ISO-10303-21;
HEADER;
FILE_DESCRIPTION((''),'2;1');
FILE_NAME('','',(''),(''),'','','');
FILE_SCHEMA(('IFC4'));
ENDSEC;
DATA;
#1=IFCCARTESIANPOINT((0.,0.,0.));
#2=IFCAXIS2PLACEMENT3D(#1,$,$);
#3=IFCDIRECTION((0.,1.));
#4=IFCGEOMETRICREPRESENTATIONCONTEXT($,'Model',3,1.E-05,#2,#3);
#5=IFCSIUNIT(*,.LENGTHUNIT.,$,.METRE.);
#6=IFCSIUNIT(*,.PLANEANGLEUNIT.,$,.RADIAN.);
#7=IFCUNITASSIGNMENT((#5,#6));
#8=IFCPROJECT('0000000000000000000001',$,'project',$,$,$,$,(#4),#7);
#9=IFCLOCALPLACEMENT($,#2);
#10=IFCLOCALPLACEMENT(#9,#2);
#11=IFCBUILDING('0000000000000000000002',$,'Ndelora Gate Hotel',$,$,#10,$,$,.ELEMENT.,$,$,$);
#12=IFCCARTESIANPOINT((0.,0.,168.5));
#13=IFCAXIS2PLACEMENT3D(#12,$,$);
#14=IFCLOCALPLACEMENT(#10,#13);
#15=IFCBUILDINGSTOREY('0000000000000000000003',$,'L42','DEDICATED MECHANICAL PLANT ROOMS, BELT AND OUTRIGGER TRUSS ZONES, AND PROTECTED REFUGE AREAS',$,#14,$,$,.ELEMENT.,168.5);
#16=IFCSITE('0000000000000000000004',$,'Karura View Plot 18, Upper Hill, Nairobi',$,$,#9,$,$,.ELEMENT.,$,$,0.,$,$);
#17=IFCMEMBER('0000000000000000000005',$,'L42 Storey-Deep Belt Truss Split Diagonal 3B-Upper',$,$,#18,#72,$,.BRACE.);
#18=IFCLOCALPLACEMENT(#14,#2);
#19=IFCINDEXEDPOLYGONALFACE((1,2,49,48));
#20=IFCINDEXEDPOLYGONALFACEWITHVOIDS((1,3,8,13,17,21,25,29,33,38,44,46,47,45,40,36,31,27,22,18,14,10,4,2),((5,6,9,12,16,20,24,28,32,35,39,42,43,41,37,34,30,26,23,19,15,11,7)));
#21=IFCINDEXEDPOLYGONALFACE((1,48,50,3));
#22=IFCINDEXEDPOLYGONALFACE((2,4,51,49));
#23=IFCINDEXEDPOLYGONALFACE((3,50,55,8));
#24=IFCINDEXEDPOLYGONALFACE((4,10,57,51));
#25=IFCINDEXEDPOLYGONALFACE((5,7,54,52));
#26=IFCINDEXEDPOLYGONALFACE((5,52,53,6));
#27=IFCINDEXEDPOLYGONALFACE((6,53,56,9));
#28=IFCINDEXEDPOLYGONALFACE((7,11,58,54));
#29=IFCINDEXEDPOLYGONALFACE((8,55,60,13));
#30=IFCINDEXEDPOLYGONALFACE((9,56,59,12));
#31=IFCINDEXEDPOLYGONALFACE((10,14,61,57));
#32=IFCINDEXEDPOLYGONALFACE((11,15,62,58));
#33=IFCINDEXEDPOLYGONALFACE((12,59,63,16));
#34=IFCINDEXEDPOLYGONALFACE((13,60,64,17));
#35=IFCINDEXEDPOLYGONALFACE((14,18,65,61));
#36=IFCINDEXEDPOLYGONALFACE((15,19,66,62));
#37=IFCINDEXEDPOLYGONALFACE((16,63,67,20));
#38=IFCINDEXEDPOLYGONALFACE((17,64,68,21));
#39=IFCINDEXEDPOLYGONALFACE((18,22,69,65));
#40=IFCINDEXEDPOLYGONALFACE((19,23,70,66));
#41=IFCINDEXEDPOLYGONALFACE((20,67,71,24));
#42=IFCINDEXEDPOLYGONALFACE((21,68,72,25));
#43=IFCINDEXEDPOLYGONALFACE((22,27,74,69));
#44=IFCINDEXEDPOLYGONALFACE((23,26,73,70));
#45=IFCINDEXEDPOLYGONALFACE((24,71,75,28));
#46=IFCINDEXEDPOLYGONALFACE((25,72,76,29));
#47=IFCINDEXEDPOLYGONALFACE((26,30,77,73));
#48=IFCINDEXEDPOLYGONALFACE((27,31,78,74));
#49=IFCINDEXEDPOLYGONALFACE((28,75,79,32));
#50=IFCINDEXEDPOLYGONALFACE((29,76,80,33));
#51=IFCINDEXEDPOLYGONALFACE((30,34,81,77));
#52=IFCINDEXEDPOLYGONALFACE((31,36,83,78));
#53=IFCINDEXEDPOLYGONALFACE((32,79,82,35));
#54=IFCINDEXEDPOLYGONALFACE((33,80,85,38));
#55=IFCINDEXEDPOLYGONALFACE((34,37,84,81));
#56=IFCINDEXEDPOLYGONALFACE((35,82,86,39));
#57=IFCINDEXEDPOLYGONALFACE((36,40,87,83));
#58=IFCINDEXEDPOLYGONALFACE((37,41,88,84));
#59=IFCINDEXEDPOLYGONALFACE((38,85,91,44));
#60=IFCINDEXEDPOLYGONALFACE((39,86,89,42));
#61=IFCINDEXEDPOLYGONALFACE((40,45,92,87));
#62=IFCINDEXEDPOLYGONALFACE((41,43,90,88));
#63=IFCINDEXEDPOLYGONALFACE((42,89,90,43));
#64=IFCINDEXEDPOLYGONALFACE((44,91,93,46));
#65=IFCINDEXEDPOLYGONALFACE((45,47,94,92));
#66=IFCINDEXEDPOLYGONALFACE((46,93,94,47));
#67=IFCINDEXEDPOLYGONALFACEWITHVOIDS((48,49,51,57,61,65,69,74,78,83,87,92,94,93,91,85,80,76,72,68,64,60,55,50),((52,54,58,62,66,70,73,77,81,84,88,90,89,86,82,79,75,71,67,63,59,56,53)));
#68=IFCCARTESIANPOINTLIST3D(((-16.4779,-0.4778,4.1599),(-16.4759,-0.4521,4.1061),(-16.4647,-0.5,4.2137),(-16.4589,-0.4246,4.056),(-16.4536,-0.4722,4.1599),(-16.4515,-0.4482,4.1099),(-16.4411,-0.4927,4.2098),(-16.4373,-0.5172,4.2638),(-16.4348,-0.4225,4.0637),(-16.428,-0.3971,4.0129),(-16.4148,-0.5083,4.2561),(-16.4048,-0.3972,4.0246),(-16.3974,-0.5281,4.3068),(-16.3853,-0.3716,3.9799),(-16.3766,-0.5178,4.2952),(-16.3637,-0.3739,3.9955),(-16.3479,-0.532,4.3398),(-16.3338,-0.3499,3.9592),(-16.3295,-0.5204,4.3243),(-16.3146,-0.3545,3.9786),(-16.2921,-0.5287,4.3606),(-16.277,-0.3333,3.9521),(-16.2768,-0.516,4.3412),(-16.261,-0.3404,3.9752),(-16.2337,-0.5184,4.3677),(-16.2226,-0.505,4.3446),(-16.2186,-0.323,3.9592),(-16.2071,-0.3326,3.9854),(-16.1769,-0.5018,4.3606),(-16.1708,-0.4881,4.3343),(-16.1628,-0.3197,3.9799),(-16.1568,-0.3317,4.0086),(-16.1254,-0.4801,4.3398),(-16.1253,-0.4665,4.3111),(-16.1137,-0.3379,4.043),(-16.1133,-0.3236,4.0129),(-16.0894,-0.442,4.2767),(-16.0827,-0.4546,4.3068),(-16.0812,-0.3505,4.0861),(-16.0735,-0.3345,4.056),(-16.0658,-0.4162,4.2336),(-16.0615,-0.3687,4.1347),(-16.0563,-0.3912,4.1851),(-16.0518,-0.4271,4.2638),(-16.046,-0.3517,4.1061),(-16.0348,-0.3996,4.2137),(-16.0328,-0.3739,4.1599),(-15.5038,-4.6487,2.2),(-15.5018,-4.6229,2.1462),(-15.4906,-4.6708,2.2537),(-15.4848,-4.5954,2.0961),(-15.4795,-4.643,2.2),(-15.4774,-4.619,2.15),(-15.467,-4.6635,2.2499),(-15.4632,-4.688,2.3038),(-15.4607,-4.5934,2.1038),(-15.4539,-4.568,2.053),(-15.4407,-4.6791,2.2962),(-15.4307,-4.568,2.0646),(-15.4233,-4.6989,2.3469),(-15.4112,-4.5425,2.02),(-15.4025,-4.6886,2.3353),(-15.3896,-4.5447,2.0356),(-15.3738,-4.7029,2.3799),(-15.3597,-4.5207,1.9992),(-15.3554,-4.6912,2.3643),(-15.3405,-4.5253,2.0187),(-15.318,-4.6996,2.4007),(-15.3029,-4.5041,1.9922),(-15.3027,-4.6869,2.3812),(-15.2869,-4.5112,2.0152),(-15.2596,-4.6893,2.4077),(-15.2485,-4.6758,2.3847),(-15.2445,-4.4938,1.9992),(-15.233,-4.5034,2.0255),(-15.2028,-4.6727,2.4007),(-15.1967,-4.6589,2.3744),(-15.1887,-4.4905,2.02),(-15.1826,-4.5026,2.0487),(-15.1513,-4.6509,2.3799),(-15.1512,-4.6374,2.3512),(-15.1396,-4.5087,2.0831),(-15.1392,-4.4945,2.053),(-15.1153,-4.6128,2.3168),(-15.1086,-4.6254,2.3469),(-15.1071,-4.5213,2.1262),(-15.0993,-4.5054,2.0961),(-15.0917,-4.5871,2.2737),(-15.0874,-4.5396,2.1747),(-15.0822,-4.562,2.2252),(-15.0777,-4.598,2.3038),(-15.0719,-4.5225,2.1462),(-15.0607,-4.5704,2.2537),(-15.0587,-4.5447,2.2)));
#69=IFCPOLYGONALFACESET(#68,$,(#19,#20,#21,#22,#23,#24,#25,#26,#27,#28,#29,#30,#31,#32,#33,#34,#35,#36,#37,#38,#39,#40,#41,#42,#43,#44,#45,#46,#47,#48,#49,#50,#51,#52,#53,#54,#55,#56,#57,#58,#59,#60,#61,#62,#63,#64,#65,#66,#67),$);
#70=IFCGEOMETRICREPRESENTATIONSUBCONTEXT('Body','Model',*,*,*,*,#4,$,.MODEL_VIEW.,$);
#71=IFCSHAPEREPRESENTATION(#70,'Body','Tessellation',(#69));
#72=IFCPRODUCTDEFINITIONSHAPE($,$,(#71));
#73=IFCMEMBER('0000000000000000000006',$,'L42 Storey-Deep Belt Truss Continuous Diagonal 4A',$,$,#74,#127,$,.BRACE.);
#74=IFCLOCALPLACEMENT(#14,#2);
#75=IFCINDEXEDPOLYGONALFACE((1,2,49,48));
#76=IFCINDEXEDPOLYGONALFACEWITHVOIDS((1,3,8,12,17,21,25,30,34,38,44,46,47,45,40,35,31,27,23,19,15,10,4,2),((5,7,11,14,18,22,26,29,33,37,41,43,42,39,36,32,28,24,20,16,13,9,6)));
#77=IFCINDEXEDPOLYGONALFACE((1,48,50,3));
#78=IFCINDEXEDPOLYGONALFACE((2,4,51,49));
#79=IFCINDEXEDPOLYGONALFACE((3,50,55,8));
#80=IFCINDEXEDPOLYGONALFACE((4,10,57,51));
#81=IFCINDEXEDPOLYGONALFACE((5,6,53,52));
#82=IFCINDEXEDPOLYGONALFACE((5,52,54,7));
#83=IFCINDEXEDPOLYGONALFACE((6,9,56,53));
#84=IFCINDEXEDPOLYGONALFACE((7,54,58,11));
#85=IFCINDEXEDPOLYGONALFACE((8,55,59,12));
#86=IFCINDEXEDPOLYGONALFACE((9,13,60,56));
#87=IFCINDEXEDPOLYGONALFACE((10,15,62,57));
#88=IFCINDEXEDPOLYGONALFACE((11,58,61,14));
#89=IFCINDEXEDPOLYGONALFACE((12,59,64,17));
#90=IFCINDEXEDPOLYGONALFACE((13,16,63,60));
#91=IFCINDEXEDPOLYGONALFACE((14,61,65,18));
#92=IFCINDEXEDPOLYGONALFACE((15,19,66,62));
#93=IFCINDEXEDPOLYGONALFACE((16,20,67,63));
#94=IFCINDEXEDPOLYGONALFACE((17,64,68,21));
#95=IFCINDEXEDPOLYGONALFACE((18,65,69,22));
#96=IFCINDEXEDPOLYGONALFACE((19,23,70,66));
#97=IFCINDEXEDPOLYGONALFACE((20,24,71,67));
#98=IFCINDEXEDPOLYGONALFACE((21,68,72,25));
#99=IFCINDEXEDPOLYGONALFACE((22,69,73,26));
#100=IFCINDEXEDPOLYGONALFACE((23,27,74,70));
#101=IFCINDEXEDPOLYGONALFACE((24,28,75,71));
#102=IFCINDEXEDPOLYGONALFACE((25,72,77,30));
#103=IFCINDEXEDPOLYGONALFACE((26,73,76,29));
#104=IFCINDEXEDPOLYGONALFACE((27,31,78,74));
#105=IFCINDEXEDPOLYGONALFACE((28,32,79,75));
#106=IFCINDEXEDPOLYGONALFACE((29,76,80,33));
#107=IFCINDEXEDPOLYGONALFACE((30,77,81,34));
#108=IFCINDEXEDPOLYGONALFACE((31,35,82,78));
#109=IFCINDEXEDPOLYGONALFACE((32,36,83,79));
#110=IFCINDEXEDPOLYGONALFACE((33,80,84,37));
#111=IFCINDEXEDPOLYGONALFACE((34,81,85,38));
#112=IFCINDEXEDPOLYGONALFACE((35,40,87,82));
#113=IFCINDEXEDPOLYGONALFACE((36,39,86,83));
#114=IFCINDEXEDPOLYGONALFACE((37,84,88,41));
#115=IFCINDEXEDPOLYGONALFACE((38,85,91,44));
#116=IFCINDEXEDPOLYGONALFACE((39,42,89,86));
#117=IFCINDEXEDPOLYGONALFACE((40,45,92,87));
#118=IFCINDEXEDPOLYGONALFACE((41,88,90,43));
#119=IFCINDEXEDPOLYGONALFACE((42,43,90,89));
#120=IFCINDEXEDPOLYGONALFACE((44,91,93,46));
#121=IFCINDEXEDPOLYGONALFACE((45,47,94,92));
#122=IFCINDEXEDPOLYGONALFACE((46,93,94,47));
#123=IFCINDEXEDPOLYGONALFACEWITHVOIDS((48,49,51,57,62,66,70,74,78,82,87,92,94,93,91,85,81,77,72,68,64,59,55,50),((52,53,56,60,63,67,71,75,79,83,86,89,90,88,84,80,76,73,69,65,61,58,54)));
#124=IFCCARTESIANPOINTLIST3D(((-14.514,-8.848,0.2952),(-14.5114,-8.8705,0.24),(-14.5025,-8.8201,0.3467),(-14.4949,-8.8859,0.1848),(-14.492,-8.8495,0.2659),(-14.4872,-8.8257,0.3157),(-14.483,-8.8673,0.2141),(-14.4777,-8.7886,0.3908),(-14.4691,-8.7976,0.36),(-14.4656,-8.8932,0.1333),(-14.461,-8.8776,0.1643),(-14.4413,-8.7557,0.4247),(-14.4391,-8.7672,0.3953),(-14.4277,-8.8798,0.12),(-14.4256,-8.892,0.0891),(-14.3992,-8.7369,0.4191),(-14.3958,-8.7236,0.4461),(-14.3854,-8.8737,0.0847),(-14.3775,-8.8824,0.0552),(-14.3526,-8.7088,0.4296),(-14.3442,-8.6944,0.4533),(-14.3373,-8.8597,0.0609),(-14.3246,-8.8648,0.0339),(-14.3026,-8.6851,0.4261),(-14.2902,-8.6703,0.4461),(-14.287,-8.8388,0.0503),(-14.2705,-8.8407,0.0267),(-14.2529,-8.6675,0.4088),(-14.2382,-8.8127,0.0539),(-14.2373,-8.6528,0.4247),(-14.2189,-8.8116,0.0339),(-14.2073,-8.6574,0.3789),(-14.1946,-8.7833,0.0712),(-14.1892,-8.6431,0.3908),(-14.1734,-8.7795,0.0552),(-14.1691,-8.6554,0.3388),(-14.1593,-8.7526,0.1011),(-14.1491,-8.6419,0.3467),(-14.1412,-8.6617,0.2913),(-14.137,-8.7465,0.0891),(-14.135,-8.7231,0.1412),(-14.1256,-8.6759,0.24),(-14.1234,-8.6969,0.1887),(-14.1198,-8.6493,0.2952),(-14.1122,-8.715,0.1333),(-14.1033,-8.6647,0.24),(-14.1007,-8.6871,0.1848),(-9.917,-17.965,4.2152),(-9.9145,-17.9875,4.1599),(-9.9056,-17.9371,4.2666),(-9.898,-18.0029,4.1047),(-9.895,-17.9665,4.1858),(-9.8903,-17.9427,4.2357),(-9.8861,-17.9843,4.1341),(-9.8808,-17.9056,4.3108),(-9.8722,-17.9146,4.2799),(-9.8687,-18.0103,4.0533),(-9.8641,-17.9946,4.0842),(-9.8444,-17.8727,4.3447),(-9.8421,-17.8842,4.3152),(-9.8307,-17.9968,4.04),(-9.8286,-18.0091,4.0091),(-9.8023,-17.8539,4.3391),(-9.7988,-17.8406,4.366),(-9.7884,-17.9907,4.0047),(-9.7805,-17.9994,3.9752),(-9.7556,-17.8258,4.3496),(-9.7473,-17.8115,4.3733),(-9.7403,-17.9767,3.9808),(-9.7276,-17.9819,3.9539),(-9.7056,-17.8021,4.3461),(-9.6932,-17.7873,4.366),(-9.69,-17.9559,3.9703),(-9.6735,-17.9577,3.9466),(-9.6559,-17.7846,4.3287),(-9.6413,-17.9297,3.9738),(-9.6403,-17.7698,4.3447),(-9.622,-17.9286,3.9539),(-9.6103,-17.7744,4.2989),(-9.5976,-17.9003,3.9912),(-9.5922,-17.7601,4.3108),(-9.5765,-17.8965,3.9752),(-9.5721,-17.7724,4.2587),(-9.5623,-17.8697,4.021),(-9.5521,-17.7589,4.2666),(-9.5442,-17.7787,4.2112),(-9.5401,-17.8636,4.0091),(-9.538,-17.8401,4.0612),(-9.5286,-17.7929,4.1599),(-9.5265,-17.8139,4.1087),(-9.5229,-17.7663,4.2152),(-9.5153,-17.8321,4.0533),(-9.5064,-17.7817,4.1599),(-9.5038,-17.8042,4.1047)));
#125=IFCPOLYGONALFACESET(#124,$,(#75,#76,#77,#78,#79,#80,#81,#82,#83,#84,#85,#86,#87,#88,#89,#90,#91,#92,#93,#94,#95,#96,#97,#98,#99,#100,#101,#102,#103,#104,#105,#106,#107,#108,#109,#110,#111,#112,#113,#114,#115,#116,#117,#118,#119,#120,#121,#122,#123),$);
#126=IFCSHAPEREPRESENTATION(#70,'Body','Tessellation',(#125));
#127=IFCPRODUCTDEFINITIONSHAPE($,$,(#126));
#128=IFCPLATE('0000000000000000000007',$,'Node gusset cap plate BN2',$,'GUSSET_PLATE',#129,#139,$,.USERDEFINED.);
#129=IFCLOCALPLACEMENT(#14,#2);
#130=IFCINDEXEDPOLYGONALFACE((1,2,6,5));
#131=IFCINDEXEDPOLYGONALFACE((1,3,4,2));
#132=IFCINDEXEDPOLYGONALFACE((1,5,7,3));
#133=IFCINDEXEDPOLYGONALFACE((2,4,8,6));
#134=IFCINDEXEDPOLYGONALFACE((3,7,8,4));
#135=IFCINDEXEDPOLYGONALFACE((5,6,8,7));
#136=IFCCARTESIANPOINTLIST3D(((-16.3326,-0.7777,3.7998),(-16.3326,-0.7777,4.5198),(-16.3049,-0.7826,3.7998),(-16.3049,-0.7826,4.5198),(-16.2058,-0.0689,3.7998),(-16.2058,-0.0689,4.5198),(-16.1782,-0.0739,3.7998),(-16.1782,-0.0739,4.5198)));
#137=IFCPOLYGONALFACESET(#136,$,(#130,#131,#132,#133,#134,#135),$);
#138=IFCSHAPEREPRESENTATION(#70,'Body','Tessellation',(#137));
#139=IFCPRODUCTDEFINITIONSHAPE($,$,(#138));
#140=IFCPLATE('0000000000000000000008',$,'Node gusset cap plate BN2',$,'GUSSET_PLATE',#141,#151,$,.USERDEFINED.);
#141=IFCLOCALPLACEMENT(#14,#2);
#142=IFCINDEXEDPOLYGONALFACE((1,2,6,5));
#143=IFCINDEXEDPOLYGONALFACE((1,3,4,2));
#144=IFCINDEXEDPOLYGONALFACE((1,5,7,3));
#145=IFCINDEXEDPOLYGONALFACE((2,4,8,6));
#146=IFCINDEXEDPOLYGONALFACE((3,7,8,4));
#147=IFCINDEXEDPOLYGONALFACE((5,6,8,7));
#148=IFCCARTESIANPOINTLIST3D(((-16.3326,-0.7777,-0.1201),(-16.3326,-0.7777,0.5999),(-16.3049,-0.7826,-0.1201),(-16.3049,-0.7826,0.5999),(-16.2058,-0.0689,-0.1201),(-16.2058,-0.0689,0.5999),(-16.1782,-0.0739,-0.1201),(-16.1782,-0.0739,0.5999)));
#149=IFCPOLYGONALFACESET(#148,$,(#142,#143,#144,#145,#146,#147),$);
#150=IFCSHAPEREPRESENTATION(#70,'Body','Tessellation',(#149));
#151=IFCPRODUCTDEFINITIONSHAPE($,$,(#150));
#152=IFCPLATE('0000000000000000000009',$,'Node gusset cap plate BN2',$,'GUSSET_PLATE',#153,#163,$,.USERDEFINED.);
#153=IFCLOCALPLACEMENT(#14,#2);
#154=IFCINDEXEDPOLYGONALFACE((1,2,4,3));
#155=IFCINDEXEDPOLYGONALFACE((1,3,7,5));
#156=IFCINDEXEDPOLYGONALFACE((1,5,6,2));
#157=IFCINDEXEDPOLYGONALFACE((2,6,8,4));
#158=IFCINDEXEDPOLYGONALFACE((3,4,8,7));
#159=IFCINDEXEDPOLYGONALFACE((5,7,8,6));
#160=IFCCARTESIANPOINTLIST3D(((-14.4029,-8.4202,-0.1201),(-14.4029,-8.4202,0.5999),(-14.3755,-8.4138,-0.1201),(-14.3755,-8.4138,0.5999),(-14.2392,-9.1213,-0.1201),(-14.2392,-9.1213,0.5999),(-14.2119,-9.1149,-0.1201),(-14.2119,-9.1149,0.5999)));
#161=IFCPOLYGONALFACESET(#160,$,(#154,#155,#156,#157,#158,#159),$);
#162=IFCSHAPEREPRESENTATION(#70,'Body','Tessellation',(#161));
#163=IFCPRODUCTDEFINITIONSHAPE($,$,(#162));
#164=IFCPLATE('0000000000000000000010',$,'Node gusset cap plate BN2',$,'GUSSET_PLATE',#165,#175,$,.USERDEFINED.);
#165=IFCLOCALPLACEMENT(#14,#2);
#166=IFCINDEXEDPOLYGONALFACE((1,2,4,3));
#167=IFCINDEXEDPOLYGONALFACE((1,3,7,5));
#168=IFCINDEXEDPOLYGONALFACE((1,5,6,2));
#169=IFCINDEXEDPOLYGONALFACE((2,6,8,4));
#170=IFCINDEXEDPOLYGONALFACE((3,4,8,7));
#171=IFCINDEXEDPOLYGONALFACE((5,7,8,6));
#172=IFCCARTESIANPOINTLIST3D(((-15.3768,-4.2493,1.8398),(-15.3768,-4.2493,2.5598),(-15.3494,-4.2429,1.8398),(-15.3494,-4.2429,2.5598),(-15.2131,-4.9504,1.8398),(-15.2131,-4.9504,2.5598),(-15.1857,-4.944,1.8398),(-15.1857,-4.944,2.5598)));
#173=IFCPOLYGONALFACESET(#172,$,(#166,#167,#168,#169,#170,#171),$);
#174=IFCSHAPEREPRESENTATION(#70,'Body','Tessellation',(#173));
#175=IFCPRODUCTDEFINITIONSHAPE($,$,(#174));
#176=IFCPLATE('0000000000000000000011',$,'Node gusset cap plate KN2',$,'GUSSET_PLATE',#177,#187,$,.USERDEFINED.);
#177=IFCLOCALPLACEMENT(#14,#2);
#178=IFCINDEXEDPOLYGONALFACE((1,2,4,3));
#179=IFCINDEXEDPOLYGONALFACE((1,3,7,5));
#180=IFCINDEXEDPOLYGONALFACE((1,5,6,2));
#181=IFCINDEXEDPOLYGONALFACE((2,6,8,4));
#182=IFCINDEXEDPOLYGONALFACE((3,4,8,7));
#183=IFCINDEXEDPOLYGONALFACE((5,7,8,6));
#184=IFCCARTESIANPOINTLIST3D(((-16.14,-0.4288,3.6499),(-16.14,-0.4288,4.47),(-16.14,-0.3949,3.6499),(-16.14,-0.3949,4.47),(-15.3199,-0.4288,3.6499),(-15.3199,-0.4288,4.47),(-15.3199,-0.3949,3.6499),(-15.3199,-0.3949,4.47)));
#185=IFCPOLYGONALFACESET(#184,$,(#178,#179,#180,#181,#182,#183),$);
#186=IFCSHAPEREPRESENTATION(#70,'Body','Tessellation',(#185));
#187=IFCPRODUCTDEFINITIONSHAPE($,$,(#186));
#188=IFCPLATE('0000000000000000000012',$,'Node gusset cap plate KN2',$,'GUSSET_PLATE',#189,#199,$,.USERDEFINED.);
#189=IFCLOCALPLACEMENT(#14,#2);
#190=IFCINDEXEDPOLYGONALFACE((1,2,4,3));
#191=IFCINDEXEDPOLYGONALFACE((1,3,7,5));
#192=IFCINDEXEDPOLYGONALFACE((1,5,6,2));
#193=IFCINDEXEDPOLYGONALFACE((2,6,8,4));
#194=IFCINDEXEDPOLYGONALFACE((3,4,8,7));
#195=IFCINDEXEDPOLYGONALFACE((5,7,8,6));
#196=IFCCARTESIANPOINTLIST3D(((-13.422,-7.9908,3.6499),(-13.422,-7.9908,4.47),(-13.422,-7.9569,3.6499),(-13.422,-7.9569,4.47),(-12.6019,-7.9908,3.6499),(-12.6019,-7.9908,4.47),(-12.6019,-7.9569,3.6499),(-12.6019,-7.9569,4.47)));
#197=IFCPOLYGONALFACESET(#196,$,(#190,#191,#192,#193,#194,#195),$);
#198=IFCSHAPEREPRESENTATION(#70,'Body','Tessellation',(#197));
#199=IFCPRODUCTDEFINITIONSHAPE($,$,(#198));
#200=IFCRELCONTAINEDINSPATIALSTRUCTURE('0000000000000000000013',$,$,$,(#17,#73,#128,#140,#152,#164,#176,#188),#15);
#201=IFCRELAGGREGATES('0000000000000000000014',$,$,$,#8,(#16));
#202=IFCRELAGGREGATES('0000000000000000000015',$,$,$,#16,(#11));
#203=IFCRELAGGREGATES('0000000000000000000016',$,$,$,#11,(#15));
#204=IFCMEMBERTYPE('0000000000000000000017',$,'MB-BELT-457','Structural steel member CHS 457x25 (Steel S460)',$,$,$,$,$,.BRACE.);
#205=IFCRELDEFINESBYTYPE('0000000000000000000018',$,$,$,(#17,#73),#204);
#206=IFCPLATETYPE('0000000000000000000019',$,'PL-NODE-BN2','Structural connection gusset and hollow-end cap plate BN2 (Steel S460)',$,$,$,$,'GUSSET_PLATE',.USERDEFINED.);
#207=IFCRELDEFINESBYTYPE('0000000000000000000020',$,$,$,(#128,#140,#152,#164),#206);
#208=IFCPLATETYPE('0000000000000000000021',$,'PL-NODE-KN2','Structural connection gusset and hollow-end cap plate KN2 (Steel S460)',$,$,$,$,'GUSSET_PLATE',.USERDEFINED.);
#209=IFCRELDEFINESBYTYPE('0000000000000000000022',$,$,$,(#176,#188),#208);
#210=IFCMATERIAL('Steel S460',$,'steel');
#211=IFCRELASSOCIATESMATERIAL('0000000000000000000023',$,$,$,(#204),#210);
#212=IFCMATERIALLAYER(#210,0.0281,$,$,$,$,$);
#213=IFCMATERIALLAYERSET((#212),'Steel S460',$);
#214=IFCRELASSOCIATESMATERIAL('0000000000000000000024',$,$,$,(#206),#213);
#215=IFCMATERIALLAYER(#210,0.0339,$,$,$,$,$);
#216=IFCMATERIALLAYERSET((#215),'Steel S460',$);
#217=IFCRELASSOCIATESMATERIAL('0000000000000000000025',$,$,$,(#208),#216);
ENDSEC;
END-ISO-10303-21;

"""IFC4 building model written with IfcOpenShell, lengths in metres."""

from ifc_helpers import new_model, si_unit, direction, frame, origin, origin_2d, place, context, subcontext, project, spatial, rectangle, hollow_circle, extrude, material, layer, layer_set, material_profile, profile_set, type_object, element, save


model = new_model("IFC4")

# Units and contexts
model_context = context("Model", 3, precision=1e-05, world=origin(), true_north=direction((0.0, 1.0)))
body_context = subcontext(model_context, "Body", "Model", "MODEL_VIEW")
ifc_project = project(units=[si_unit("LENGTHUNIT", "METRE"), si_unit("PLANEANGLEUNIT", "RADIAN")], contexts=[model_context])

# Site, building, storey
site_placement = place(None, origin())
site = spatial("IfcSite", under=ifc_project, at=site_placement, Name="Karura View Plot 18, Upper Hill, Nairobi", CompositionType="ELEMENT", RefElevation=0.0)
building_placement = place(site_placement, origin())
building = spatial("IfcBuilding", under=site, at=building_placement, Name="Ndelora Gate Hotel", CompositionType="ELEMENT")
storey_placement = place(building_placement, frame((0.0, 0.0, 168.5)))
storey = spatial("IfcBuildingStorey", under=building, at=storey_placement, Name="L42", Description="DEDICATED MECHANICAL PLANT ROOMS, BELT AND OUTRIGGER TRUSS ZONES, AND PROTECTED REFUGE AREAS", CompositionType="ELEMENT", Elevation=168.5)

# Shared definitions
ifc_material_1 = material(Name="Steel S460", Category="steel")

# Members
ifc_material_profile_1 = material_profile(ifc_material_1, hollow_circle(Radius=0.2285, WallThickness=0.0249, at=origin_2d()), Name="CHS 457x25")
ifc_profile_set_1 = profile_set([ifc_material_profile_1], Name="Steel S460")
member_type = type_object("IfcMemberType", Name="MB-BELT-457", Description="Structural steel member CHS 457x25 (Steel S460)", PredefinedType="BRACE", material=ifc_profile_set_1)
member_1_placement = place(storey_placement, frame((-15.2812, -4.5967, 2.2), z_axis=(-0.206807, 0.885488, 0.416103), x_axis=(-0.973794, -0.227431, 0.0)))
element("IfcMember", 1, at=member_1_placement, inside=storey, type_object=member_type, Name="L42 Storey-Deep Belt Truss Split Diagonal 3B-Upper", PredefinedType="BRACE", context=body_context, shape_type="SweptSolid", body=[
    extrude(hollow_circle(Radius=0.2285, WallThickness=0.0249, at=origin_2d()), origin(), (0.0, 0.0, 1.0), 4.7102),
])
member_2_placement = place(storey_placement, frame((-14.3074, -8.7676, 0.24), z_axis=(0.420313, -0.833594, 0.358412), x_axis=(0.892916, 0.450224, 0.0)))
element("IfcMember", 2, at=member_2_placement, inside=storey, type_object=member_type, Name="L42 Storey-Deep Belt Truss Continuous Diagonal 4A", PredefinedType="BRACE", context=body_context, shape_type="SweptSolid", body=[
    extrude(hollow_circle(Radius=0.2285, WallThickness=0.0249, at=origin_2d()), origin(), (0.0, 0.0, 1.0), 10.937),
])

# Plates
ifc_layer_1 = layer(ifc_material_1, 0.0281)
ifc_layer_set_1 = layer_set([ifc_layer_1], Name="Steel S460")
plate_type_1 = type_object("IfcPlateType", Name="PL-NODE-BN2", Description="Structural connection gusset and hollow-end cap plate BN2 (Steel S460)", ElementType="GUSSET_PLATE", PredefinedType="USERDEFINED", material=ifc_layer_set_1)
for number, where, z_axis, x_axis, name in (
    (3, (-16.2554, -0.4258, 3.7998), (0.0, 0.0, 1.0), (0.176054, 0.984381, 0.0), "Node gusset cap plate BN2"),
    (4, (-16.2554, -0.4258, -0.1201), (0.0, 0.0, 1.0), (0.176054, 0.984381, 0.0), "Node gusset cap plate BN2"),
    (5, (-14.3074, -8.7676, -0.1201), (0.0, 0.0, 1.0), (-0.227331, 0.973817, 0.0), "Node gusset cap plate BN2"),
    (6, (-15.2812, -4.5967, 1.8398), (0.0, 0.0, 1.0), (-0.227331, 0.973817, 0.0), "Node gusset cap plate BN2"),
):
    element("IfcPlate", number, at=place(storey_placement, frame(where, z_axis=z_axis, x_axis=x_axis)), inside=storey, type_object=plate_type_1, Name=name, ObjectType="GUSSET_PLATE", PredefinedType="USERDEFINED", context=body_context, shape_type="SweptSolid", body=[
        extrude(rectangle(XDim=0.72, YDim=0.0281, at=origin_2d()), origin(), (0.0, 0.0, 1.0), 0.72),
    ])
ifc_layer_2 = layer(ifc_material_1, 0.0339)
ifc_layer_set_2 = layer_set([ifc_layer_2], Name="Steel S460")
plate_type_2 = type_object("IfcPlateType", Name="PL-NODE-KN2", Description="Structural connection gusset and hollow-end cap plate KN2 (Steel S460)", ElementType="GUSSET_PLATE", PredefinedType="USERDEFINED", material=ifc_layer_set_2)
for number, where, z_axis, x_axis, name in (
    (7, (-15.73, -0.4119, 3.6499), (0.0, 0.0, 1.0), (1.0, 0.0, 0.0), "Node gusset cap plate KN2"),
    (8, (-13.012, -7.9739, 3.6499), (0.0, 0.0, 1.0), (1.0, 0.0, 0.0), "Node gusset cap plate KN2"),
):
    element("IfcPlate", number, at=place(storey_placement, frame(where, z_axis=z_axis, x_axis=x_axis)), inside=storey, type_object=plate_type_2, Name=name, ObjectType="GUSSET_PLATE", PredefinedType="USERDEFINED", context=body_context, shape_type="SweptSolid", body=[
        extrude(rectangle(XDim=0.8201, YDim=0.0339, at=origin_2d()), origin(), (0.0, 0.0, 1.0), 0.8201),
    ])

save(model, "model.ifc")
